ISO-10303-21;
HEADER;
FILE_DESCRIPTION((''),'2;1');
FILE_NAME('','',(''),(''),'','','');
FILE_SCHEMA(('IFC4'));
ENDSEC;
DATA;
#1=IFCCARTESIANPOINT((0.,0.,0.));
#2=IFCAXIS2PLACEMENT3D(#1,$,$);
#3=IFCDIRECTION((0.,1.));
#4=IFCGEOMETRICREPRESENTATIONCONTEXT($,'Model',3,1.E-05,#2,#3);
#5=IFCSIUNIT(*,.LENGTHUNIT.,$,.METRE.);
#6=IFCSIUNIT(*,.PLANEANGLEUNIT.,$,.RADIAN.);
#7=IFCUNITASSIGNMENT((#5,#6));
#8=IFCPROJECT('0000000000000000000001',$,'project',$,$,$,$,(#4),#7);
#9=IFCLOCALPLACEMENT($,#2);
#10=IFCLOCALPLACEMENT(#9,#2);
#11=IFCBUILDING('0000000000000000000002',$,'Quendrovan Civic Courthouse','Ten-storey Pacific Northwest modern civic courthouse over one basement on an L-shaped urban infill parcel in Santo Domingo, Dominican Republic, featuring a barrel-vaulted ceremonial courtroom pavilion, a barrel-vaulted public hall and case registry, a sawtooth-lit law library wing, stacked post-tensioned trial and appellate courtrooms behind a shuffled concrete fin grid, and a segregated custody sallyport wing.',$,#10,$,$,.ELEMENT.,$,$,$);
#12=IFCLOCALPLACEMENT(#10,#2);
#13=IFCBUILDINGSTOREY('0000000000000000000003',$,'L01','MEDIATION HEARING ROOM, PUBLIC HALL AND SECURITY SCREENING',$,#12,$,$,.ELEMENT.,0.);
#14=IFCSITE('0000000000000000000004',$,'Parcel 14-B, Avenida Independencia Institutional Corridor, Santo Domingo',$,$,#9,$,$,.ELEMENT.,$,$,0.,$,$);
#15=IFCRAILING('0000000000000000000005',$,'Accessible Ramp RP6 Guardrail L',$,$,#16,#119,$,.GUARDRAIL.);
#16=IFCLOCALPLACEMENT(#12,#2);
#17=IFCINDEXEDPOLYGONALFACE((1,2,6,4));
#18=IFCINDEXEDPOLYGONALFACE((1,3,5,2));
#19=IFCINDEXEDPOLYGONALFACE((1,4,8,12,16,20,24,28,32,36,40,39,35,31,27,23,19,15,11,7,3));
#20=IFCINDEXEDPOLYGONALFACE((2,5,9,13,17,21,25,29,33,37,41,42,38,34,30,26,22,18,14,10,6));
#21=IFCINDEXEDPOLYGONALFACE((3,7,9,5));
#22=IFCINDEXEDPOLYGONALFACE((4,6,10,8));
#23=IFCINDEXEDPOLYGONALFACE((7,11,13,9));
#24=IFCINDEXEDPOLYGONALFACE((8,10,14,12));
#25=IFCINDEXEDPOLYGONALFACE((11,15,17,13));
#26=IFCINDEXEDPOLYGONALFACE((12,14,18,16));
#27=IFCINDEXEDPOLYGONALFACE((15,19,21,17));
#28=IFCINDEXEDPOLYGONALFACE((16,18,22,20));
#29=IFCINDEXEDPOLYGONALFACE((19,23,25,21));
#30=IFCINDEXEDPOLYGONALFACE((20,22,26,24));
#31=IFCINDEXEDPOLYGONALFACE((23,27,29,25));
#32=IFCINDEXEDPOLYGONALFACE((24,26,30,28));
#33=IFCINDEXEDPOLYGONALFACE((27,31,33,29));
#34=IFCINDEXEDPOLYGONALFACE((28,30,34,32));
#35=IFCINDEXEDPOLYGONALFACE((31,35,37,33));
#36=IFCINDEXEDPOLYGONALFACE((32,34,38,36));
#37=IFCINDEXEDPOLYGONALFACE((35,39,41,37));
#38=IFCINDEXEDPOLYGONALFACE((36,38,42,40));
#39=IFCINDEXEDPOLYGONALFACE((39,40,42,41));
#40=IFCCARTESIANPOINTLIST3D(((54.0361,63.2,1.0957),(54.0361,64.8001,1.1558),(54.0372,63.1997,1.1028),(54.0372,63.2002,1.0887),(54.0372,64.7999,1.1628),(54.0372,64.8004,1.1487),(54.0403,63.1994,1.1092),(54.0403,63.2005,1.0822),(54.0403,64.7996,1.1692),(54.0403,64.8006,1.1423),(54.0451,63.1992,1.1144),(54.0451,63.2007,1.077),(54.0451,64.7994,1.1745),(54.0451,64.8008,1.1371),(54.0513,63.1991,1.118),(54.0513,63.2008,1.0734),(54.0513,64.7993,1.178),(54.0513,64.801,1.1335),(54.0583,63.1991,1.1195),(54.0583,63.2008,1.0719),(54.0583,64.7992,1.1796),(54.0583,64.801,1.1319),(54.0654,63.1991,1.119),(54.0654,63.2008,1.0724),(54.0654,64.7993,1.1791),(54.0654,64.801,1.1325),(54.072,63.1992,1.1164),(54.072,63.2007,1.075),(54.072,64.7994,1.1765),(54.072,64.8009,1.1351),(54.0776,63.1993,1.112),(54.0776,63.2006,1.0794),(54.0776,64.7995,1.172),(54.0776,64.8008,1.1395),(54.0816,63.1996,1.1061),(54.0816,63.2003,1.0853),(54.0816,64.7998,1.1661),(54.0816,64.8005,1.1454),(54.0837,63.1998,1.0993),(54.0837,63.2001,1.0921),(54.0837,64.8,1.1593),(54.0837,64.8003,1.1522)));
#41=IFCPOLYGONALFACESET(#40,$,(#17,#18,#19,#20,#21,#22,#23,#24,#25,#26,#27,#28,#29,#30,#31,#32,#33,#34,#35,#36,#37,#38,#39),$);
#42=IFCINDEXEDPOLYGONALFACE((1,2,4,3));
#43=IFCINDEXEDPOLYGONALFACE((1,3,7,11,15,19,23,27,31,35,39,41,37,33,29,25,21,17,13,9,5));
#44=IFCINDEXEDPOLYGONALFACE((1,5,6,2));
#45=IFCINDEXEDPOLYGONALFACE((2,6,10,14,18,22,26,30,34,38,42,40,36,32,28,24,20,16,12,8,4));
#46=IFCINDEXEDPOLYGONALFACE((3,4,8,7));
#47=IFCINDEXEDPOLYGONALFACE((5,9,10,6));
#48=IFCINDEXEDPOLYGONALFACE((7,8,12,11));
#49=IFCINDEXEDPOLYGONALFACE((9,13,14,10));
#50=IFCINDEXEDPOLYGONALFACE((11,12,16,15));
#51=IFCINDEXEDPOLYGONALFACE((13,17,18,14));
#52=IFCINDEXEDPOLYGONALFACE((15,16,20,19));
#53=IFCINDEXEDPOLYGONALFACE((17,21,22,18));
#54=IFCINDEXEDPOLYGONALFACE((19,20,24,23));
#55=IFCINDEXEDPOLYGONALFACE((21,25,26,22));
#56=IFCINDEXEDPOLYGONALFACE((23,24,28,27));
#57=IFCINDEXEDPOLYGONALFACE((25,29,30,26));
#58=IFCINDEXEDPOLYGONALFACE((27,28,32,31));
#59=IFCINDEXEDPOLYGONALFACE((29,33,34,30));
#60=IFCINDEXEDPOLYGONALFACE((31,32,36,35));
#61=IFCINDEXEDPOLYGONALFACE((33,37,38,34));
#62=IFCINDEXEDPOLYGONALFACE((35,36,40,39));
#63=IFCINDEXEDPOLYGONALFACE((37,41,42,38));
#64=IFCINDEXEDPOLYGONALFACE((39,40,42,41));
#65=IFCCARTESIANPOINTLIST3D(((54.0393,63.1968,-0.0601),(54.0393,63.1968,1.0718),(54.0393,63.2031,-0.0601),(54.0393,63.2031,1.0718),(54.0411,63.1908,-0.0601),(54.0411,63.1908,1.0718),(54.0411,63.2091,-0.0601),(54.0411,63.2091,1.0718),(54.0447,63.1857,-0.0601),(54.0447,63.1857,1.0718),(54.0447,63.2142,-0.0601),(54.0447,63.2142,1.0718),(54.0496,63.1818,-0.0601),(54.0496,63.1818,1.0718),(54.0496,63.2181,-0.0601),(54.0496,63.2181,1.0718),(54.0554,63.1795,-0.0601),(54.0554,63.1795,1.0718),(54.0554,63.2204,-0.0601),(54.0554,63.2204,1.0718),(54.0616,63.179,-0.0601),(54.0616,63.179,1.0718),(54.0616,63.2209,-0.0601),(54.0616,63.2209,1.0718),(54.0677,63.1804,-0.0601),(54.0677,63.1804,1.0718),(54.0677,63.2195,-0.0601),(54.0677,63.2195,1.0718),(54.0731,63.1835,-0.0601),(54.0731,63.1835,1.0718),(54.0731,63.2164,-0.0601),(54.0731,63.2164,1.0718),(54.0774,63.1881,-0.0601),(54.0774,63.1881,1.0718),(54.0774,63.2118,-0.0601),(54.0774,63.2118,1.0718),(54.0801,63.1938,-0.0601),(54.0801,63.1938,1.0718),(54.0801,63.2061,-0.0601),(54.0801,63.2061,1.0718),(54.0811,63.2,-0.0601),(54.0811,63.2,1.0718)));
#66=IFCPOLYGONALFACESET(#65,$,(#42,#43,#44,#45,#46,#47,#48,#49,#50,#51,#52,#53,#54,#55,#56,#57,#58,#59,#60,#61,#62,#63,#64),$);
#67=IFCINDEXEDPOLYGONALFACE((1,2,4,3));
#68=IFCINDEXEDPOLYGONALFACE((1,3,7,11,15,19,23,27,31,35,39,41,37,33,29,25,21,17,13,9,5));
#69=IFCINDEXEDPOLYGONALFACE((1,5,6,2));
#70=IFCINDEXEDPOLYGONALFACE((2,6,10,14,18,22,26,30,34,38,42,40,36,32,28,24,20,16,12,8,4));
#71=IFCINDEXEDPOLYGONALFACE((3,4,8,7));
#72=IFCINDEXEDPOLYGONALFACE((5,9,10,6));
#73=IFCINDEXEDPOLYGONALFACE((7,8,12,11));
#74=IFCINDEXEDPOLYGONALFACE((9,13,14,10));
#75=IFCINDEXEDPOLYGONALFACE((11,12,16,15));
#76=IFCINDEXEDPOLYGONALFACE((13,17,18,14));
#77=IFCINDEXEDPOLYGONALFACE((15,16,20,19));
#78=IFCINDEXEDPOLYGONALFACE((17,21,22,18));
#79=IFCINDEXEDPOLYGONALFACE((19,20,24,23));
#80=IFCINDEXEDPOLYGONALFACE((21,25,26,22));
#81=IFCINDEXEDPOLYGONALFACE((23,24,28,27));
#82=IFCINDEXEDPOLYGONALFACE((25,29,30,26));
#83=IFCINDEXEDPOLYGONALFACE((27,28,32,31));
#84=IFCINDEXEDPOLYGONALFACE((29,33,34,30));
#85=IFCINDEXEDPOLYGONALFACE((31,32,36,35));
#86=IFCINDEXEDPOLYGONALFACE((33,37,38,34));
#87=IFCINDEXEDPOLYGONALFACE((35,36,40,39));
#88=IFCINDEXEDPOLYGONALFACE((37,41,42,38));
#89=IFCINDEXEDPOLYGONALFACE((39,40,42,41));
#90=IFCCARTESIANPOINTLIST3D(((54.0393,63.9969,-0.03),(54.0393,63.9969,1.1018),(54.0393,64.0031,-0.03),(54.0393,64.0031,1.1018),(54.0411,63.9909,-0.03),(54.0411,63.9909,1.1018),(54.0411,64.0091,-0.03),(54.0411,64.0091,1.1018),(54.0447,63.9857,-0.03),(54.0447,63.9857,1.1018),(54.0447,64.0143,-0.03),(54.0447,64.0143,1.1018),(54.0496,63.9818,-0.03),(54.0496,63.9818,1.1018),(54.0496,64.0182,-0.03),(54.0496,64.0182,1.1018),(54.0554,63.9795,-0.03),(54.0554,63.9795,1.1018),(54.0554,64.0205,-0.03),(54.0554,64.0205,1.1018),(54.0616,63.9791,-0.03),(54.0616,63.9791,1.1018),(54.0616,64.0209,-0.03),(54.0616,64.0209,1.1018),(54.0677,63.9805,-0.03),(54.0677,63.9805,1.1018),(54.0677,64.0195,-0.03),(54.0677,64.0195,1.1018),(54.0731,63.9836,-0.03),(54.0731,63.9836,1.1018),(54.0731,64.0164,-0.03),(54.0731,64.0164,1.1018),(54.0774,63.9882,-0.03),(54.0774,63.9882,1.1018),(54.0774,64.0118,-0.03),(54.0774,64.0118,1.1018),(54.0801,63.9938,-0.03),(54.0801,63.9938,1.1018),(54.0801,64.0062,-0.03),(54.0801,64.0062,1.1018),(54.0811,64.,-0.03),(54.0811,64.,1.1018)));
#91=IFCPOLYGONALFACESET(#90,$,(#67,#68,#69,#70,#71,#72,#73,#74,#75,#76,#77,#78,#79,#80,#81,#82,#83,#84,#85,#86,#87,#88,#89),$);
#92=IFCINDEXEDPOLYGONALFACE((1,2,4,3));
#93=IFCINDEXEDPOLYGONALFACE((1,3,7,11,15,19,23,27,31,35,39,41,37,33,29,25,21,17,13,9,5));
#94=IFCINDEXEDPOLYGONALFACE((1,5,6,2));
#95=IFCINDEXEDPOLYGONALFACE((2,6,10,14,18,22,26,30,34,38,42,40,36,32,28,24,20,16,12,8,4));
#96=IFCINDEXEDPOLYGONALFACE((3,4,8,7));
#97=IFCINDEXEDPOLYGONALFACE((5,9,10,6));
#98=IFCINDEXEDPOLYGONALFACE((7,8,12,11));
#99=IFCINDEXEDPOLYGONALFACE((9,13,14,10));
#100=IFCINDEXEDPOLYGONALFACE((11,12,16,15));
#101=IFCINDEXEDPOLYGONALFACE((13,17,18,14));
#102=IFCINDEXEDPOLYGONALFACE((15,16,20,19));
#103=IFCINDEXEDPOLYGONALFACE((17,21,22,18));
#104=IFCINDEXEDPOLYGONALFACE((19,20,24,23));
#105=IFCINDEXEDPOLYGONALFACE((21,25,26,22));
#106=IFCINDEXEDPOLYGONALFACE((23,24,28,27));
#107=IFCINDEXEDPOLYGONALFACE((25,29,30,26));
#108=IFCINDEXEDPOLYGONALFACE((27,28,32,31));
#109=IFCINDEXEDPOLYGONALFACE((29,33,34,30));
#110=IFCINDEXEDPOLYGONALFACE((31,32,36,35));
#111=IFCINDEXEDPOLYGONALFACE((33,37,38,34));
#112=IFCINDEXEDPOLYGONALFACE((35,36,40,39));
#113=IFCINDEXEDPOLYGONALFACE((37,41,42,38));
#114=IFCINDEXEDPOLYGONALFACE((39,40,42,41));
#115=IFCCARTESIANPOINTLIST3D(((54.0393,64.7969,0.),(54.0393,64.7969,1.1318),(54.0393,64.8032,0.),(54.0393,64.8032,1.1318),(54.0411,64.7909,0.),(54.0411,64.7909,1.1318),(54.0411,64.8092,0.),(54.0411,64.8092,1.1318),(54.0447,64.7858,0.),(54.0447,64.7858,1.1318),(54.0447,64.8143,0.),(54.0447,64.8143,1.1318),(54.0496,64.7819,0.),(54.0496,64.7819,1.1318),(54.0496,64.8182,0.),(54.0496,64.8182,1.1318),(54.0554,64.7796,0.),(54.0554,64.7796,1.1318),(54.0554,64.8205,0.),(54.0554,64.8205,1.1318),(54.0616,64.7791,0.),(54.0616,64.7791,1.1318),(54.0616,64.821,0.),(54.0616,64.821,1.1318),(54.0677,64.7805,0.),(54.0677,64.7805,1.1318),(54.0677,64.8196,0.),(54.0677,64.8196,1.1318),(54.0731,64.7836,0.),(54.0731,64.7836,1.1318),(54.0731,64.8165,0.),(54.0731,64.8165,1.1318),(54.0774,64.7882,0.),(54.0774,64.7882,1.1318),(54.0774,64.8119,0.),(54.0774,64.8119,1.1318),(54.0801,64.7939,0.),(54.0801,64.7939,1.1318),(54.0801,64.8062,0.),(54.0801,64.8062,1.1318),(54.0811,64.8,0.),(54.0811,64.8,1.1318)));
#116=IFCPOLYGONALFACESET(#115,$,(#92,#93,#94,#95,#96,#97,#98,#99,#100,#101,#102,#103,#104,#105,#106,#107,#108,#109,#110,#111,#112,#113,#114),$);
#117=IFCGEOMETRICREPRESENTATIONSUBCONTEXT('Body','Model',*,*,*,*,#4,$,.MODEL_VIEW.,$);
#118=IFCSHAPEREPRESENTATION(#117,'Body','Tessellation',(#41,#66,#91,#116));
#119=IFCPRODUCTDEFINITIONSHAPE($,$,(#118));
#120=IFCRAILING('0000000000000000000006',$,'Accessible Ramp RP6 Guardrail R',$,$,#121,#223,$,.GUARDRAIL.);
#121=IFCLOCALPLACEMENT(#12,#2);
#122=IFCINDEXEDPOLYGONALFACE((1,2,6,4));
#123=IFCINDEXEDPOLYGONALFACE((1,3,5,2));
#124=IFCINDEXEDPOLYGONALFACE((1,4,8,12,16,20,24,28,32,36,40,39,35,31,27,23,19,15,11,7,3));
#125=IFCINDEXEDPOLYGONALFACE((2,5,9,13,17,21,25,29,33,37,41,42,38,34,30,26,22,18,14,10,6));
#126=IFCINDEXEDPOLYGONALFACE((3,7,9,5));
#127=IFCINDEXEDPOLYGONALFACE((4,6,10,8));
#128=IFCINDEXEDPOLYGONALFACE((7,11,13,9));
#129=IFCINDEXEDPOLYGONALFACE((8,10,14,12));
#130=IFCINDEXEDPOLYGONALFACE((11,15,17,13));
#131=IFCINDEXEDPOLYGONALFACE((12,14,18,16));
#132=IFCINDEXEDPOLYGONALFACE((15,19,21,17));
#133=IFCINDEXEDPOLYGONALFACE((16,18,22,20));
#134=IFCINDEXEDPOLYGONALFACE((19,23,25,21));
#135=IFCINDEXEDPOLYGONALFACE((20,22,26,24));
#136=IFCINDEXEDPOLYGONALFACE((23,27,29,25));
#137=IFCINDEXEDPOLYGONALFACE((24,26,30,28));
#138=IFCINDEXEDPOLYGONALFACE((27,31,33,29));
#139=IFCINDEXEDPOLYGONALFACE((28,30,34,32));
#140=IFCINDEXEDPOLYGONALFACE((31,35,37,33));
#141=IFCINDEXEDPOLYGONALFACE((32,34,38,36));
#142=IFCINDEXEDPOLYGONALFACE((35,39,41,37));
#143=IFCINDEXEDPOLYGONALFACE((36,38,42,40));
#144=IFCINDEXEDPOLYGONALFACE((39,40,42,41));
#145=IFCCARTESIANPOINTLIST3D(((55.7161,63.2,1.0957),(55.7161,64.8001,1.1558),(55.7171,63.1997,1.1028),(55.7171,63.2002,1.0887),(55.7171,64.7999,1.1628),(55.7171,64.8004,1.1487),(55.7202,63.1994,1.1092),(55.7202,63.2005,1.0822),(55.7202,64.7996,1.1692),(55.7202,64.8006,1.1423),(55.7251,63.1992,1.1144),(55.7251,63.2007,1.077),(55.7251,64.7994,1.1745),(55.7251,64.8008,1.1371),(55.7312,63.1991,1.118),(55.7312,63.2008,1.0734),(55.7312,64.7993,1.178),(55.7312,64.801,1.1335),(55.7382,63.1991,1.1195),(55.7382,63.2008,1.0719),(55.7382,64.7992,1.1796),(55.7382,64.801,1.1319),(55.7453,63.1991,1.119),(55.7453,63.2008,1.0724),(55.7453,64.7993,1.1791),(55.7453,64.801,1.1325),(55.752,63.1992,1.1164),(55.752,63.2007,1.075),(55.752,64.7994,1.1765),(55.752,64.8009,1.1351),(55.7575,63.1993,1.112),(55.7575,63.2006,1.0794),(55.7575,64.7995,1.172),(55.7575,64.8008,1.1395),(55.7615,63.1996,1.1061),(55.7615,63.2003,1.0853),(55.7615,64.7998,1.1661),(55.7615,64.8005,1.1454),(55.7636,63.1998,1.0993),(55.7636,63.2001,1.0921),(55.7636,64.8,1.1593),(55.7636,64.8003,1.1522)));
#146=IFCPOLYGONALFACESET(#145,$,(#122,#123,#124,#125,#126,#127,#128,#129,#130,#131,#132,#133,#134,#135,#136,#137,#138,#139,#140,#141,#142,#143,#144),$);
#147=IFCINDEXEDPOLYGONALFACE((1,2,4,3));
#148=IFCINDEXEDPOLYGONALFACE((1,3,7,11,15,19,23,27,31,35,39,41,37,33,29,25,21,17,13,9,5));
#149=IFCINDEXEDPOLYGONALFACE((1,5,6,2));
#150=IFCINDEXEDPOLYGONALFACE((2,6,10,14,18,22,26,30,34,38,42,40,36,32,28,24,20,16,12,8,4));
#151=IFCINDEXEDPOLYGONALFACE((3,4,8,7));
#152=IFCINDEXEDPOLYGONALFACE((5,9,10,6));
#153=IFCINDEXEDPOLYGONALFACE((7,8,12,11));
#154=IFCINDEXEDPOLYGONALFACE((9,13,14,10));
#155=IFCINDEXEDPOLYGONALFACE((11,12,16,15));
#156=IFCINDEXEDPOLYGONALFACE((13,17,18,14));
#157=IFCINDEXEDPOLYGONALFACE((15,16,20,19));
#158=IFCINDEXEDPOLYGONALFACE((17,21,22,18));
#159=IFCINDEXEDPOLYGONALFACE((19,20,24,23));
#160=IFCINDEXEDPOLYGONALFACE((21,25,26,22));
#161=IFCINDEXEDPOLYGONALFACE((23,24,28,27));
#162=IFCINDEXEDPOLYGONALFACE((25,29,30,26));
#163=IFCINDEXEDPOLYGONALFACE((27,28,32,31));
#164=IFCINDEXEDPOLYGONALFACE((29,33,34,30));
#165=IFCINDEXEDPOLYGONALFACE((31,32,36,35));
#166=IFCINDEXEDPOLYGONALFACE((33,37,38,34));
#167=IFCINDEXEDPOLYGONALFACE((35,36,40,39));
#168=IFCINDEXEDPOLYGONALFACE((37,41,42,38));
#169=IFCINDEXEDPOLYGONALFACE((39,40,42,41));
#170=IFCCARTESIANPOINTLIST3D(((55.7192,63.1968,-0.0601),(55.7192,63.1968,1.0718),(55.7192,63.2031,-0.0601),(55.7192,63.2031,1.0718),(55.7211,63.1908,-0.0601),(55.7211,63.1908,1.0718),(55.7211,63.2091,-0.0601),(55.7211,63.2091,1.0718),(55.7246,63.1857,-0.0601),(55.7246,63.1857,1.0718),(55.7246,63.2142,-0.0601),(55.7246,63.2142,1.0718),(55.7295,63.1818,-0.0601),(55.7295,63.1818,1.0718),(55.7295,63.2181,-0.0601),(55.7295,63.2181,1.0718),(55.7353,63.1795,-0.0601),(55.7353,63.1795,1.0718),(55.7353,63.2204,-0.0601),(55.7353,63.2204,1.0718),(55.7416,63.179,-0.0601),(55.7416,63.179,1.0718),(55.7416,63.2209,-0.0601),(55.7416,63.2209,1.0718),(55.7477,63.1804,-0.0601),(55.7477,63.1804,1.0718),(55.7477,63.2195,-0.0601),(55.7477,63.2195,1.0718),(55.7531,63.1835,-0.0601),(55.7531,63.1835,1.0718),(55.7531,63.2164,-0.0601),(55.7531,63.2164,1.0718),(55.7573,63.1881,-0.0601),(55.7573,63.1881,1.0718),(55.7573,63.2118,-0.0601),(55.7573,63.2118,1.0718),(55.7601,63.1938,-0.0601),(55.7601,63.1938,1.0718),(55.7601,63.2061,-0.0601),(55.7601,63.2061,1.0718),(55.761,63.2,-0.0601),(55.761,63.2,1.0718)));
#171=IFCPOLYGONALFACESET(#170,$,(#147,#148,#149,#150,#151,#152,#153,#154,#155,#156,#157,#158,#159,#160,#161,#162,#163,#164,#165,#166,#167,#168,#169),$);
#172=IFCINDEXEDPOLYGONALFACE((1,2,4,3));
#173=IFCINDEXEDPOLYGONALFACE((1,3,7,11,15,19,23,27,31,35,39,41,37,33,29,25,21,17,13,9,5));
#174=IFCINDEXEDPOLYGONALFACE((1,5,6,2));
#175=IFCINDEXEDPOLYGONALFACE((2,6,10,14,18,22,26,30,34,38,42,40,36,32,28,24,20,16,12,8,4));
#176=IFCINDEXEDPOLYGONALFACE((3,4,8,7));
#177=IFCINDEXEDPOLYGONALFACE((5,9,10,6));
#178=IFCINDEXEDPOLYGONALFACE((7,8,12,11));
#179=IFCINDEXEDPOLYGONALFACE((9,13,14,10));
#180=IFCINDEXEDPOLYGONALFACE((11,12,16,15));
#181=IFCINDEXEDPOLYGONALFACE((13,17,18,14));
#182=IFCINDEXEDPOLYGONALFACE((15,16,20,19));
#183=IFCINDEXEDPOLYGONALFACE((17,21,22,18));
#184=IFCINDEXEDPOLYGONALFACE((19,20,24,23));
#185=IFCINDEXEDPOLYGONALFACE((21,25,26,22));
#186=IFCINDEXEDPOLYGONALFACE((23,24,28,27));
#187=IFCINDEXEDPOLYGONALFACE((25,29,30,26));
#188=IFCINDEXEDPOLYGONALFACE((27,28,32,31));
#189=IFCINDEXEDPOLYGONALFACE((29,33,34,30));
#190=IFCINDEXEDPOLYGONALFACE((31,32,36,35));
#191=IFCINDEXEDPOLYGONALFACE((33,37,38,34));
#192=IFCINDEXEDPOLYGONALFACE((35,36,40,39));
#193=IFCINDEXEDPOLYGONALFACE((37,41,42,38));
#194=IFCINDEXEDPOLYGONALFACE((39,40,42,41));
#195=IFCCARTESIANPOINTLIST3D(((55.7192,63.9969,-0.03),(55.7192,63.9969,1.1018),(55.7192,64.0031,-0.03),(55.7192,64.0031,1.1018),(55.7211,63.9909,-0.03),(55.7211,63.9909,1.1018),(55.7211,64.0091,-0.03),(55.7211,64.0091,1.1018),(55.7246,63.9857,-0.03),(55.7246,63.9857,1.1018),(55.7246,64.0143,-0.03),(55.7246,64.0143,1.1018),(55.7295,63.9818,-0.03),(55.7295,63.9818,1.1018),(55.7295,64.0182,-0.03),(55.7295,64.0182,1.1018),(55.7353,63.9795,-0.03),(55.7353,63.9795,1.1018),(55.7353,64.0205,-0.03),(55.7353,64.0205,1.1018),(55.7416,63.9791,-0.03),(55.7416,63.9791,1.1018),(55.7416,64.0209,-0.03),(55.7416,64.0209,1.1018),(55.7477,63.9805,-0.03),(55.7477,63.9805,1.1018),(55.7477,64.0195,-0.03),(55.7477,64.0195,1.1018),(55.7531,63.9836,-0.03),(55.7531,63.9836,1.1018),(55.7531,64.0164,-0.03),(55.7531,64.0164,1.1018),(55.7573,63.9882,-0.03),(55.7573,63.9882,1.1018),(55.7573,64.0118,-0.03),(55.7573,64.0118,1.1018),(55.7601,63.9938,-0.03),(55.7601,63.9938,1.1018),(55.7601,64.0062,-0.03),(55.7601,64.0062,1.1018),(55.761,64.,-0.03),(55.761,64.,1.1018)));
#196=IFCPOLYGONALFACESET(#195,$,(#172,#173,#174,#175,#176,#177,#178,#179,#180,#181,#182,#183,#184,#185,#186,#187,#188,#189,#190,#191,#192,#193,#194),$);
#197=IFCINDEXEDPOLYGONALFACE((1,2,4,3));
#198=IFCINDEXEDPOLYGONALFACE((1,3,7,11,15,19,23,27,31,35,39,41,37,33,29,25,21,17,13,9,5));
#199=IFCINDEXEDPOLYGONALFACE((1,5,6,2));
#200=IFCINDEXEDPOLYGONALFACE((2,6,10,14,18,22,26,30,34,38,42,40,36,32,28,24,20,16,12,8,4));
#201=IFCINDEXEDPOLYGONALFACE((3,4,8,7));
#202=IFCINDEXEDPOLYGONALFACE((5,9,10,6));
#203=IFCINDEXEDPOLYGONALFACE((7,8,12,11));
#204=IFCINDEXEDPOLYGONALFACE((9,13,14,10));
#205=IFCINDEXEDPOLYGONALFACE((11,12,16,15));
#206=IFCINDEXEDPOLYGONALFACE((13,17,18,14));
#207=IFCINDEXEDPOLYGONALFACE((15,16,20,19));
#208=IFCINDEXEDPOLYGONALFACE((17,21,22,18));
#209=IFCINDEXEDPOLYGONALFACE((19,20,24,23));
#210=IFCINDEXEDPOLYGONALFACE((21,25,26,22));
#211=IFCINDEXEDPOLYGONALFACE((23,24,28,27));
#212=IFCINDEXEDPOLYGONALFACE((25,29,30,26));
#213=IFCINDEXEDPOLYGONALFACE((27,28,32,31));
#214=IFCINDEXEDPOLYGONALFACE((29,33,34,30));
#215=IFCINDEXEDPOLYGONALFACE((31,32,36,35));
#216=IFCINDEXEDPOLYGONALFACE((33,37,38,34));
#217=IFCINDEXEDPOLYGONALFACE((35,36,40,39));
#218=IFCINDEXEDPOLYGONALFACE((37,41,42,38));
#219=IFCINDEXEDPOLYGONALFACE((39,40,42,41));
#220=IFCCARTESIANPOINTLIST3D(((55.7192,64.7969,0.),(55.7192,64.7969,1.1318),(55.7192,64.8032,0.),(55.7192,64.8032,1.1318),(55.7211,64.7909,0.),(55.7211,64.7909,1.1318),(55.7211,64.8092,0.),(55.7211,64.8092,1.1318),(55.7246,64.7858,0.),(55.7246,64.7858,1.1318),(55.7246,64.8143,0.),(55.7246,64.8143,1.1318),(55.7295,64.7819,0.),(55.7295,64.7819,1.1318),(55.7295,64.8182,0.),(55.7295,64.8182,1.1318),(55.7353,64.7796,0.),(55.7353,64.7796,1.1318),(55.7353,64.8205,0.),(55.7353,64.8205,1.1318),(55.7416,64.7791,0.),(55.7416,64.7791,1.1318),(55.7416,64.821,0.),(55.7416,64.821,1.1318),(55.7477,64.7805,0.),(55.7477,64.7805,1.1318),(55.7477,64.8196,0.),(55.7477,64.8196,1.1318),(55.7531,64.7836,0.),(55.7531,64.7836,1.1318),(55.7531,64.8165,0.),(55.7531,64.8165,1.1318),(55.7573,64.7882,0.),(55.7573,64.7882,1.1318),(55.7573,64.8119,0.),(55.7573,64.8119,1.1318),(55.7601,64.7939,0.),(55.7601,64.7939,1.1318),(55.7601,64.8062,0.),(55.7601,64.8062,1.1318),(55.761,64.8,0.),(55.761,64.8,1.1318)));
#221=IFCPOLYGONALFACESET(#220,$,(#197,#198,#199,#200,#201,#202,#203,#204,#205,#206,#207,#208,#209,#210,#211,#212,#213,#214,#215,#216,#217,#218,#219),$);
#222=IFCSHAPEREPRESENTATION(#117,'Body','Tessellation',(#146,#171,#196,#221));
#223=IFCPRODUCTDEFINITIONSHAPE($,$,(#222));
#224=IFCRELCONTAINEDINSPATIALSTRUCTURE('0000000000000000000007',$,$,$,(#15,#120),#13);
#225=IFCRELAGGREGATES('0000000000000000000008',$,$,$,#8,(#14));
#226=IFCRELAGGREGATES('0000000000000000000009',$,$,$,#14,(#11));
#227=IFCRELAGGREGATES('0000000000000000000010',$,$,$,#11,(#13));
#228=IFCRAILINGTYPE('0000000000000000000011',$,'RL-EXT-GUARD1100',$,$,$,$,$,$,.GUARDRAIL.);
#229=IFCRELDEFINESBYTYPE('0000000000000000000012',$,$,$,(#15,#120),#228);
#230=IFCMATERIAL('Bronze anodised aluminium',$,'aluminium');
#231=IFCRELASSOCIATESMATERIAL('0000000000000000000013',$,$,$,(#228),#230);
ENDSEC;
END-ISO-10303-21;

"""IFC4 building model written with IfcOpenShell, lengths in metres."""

from ifc_helpers import new_model, si_unit, direction, frame, origin, origin_2d, place, context, subcontext, project, spatial, circle, extrude, material, type_object, element, save


model = new_model("IFC4")

# Units and contexts
model_context = context("Model", 3, precision=1e-05, world=origin(), true_north=direction((0.0, 1.0)))
body_context = subcontext(model_context, "Body", "Model", "MODEL_VIEW")
ifc_project = project(units=[si_unit("LENGTHUNIT", "METRE"), si_unit("PLANEANGLEUNIT", "RADIAN")], contexts=[model_context])

# Site, building, storey
site_placement = place(None, origin())
site = spatial("IfcSite", under=ifc_project, at=site_placement, Name="Parcel 14-B, Avenida Independencia Institutional Corridor, Santo Domingo", CompositionType="ELEMENT", RefElevation=0.0)
building_placement = place(site_placement, origin())
building = spatial("IfcBuilding", under=site, at=building_placement, Name="Quendrovan Civic Courthouse", Description="Ten-storey Pacific Northwest modern civic courthouse over one basement on an L-shaped urban infill parcel in Santo Domingo, Dominican Republic, featuring a barrel-vaulted ceremonial courtroom pavilion, a barrel-vaulted public hall and case registry, a sawtooth-lit law library wing, stacked post-tensioned trial and appellate courtrooms behind a shuffled concrete fin grid, and a segregated custody sallyport wing.", CompositionType="ELEMENT")
storey_placement = place(building_placement, origin())
storey = spatial("IfcBuildingStorey", under=building, at=storey_placement, Name="L01", Description="MEDIATION HEARING ROOM, PUBLIC HALL AND SECURITY SCREENING", CompositionType="ELEMENT", Elevation=0.0)

# Railings
ifc_material_1 = material(Name="Bronze anodised aluminium", Category="aluminium")
railing_type = type_object("IfcRailingType", Name="RL-EXT-GUARD1100", PredefinedType="GUARDRAIL", material=ifc_material_1)
for number, where, name in (
    (1, (54.0601, 63.2, -0.0601), "Accessible Ramp RP6 Guardrail L"),
    (2, (55.74, 63.2, -0.0601), "Accessible Ramp RP6 Guardrail R"),
):
    element("IfcRailing", number, at=place(storey_placement, frame(where)), inside=storey, type_object=railing_type, Name=name, PredefinedType="GUARDRAIL", context=body_context, shape_type="SweptSolid", body=[
        extrude(circle(Radius=0.0239, at=origin_2d()), frame((0.0, 0.0, 1.1558), z_axis=(0.0, 0.999296, 0.037508), x_axis=(-1.0, 0.0, 0.0)), (0.0, 0.0, 1.0), 1.6013),
        extrude(circle(Radius=0.021, at=origin_2d()), origin(), (0.0, 0.0, 1.0), 1.1318),
        extrude(circle(Radius=0.021, at=origin_2d()), frame((0.0, 0.8, 0.03)), (0.0, 0.0, 1.0), 1.1318),
        extrude(circle(Radius=0.021, at=origin_2d()), frame((0.0, 1.6001, 0.0601)), (0.0, 0.0, 1.0), 1.1318),
    ])

save(model, "model.ifc")
